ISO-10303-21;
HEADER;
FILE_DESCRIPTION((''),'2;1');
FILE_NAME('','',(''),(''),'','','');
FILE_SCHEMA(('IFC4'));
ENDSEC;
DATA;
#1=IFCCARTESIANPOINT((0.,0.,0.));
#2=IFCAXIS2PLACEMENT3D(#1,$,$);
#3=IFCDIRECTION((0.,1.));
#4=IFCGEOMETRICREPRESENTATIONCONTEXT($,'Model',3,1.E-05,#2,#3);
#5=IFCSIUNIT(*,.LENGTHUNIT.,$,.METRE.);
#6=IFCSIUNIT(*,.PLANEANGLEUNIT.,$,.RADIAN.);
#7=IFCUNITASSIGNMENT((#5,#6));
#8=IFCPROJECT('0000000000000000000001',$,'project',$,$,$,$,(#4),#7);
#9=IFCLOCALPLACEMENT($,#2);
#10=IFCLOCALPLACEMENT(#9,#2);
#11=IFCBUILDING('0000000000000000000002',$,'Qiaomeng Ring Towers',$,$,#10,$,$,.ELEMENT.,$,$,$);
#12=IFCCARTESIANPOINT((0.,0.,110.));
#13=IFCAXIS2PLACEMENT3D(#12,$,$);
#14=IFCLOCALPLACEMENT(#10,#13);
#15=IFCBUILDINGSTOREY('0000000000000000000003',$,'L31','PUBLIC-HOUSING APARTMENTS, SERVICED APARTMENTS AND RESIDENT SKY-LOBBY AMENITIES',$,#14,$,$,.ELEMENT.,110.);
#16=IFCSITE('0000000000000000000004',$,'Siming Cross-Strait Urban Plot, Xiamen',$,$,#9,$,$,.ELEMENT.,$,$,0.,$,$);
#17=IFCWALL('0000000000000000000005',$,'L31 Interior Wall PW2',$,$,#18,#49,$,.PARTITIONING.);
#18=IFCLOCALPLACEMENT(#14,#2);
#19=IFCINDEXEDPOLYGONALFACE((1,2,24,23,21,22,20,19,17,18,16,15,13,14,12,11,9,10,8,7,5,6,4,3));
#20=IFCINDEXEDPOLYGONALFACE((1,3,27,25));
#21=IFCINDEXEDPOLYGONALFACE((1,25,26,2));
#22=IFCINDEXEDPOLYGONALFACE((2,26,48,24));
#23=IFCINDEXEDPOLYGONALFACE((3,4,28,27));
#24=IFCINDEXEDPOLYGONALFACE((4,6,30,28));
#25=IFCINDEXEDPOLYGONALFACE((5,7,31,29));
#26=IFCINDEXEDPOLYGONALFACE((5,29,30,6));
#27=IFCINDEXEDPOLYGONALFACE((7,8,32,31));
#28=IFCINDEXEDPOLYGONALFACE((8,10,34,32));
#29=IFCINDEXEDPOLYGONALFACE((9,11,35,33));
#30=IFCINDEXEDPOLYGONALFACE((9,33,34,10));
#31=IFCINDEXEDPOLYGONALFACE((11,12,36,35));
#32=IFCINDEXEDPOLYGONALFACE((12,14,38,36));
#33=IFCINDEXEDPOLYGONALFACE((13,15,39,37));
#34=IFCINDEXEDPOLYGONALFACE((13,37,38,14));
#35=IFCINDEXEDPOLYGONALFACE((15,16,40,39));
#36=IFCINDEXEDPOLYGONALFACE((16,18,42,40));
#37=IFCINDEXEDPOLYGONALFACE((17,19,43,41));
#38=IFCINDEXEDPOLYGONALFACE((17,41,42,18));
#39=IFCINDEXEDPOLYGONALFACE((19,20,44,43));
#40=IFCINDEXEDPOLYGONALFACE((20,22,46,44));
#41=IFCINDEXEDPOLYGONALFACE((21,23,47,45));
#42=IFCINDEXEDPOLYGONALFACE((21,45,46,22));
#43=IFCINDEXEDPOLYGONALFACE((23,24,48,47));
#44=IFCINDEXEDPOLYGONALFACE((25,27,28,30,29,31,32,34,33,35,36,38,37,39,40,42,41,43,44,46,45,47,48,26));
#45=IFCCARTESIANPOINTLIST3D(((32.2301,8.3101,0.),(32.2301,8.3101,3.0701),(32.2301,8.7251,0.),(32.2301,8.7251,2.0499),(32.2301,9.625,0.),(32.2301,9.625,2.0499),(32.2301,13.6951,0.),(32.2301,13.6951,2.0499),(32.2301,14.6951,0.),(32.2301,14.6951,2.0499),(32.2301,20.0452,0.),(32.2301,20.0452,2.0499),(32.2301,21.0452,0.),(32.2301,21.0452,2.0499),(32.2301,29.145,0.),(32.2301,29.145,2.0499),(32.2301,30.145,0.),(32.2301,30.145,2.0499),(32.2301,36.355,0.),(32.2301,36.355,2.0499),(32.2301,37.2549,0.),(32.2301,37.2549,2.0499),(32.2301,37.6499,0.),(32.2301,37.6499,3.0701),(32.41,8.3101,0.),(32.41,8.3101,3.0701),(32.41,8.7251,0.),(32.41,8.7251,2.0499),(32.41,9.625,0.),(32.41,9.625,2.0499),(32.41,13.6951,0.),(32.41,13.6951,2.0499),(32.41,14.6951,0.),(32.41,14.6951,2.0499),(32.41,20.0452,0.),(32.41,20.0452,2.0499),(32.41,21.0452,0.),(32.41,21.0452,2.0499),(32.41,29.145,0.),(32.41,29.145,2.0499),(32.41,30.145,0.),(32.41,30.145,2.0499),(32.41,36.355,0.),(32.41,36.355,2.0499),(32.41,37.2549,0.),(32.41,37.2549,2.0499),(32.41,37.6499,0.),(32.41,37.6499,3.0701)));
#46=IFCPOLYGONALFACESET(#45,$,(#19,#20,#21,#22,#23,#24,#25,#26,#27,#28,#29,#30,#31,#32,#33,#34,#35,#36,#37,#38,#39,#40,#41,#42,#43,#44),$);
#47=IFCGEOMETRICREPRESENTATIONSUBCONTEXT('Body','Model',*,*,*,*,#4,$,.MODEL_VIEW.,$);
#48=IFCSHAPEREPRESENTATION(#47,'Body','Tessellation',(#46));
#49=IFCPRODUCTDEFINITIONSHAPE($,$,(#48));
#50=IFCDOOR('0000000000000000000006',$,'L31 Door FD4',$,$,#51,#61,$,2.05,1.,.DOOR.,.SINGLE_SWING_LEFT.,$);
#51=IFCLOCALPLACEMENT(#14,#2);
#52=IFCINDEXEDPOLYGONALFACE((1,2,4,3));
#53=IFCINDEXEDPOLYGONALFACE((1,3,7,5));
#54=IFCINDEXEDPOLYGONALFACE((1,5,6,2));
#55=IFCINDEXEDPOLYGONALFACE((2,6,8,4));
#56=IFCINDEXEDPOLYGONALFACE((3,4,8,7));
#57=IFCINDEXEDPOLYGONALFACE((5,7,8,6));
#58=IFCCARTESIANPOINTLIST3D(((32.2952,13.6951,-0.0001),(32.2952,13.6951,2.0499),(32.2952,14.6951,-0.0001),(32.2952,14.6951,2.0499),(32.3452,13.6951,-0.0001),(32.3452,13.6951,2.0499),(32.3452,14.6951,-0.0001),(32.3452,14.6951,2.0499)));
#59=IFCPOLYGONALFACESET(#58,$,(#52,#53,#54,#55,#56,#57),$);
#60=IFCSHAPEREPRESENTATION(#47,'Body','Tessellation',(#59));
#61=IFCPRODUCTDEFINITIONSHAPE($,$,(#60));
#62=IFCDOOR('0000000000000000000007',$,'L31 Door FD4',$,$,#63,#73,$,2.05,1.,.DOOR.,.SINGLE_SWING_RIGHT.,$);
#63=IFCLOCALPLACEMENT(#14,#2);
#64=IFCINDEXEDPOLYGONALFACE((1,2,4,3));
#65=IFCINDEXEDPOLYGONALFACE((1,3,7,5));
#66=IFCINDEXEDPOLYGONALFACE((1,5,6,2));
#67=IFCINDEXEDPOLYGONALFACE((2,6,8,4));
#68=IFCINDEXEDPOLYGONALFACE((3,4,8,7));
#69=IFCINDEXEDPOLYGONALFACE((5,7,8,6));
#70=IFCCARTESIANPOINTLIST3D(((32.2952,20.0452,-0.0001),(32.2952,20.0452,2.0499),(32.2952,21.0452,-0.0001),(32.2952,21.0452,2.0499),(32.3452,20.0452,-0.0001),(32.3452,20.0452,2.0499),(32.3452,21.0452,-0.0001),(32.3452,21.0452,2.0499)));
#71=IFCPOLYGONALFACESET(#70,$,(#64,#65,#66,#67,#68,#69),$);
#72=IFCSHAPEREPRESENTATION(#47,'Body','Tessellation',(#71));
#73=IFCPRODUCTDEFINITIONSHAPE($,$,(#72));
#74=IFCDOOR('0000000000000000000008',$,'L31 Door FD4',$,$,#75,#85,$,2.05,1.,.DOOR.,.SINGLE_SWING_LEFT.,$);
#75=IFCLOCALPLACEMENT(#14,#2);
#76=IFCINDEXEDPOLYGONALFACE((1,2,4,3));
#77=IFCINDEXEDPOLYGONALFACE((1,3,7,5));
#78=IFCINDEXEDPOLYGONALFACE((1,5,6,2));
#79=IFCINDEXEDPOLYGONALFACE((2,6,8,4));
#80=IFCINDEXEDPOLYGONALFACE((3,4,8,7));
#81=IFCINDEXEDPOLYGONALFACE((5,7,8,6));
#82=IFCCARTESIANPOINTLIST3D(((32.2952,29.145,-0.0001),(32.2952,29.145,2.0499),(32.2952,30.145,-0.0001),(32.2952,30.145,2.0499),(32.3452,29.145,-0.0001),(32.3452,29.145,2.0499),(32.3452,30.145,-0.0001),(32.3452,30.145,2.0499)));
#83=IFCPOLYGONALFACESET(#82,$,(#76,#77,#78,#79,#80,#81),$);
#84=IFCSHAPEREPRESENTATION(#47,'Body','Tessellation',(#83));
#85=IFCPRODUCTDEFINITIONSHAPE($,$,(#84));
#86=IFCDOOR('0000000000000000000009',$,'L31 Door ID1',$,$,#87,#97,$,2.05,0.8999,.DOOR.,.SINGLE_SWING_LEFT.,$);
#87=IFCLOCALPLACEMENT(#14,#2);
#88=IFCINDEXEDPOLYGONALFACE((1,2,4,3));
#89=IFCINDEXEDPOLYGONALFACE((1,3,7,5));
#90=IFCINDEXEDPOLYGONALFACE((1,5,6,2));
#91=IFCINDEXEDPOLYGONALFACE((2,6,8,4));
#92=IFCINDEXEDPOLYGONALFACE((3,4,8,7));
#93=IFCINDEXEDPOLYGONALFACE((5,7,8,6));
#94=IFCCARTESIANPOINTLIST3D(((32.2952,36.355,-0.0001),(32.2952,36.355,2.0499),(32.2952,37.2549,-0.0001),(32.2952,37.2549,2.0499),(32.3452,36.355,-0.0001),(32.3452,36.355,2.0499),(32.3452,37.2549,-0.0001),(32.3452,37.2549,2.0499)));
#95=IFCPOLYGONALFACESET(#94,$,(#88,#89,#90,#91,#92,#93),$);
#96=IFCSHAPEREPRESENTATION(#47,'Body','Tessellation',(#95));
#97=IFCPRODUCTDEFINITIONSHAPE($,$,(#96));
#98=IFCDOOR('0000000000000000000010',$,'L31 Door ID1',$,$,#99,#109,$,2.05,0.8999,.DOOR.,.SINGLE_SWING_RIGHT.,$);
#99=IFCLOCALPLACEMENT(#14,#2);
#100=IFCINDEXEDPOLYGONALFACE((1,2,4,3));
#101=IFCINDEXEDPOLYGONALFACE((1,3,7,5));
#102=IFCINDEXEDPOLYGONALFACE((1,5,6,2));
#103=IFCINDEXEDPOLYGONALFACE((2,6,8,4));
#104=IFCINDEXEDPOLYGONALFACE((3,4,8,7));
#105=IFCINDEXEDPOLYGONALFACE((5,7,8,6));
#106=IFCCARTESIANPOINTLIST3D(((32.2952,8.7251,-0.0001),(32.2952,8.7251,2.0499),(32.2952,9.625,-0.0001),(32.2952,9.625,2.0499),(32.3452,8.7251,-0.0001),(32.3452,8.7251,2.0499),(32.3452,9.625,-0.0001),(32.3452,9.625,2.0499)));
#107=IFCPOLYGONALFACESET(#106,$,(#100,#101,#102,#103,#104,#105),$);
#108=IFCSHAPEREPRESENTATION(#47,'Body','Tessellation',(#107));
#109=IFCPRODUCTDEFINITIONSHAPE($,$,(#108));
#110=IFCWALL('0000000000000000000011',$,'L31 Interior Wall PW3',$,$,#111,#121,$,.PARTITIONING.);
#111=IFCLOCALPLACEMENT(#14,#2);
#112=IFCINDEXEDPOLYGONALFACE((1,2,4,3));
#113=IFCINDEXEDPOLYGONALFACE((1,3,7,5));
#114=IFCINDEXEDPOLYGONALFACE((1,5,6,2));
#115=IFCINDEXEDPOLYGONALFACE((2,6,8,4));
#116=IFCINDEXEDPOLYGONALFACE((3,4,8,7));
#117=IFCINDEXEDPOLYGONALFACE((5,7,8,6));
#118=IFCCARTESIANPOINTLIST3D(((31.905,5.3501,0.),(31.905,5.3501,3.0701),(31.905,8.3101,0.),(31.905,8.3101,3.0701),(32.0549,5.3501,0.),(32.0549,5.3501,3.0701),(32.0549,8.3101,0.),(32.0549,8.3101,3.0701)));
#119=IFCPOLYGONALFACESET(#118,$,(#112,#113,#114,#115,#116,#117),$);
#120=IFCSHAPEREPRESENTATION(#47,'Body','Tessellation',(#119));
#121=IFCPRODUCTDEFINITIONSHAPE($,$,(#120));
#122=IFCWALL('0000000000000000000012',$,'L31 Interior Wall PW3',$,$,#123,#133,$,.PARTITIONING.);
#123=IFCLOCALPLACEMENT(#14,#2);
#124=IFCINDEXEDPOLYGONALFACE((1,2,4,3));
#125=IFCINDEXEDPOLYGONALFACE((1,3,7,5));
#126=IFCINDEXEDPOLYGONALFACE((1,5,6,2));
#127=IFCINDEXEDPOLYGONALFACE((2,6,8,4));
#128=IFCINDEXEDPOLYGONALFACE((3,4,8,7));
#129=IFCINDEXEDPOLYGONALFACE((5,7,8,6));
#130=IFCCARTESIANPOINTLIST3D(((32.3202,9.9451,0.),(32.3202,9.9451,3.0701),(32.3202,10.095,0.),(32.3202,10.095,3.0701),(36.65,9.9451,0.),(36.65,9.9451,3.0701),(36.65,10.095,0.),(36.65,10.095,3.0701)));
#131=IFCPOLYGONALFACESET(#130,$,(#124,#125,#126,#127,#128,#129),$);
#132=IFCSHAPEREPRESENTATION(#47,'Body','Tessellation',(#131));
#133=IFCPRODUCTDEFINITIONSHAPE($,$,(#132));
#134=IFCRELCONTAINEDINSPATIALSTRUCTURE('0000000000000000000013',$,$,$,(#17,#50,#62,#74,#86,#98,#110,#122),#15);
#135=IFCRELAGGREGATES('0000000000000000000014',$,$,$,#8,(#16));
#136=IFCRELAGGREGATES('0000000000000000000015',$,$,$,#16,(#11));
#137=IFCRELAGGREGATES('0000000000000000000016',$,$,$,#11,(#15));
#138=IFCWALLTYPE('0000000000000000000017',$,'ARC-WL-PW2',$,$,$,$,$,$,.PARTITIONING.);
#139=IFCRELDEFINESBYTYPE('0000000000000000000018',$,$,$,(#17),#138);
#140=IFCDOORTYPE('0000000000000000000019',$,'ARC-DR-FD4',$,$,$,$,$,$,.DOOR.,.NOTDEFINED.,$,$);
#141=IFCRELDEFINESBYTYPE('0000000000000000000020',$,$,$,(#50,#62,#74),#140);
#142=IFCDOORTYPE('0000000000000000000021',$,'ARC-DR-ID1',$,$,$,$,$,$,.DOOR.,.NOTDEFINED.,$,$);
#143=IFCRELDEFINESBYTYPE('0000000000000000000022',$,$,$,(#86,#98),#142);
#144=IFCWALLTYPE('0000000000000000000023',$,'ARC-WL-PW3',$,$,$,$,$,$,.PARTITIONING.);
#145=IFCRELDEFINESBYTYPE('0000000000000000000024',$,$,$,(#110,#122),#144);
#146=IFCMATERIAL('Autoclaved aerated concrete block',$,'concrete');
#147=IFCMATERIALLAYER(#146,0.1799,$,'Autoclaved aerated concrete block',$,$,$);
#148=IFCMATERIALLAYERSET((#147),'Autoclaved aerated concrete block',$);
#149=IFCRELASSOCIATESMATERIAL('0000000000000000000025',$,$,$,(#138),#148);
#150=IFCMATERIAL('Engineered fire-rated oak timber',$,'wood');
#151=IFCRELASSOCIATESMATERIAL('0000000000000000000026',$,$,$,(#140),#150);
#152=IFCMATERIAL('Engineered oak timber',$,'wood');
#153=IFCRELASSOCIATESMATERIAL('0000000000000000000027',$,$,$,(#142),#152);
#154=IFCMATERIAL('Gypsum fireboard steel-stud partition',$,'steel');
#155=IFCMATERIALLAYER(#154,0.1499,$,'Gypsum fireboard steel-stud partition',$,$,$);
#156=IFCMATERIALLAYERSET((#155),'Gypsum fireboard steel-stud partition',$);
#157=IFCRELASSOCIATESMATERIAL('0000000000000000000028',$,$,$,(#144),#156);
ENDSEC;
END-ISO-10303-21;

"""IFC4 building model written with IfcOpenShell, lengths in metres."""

from ifc_helpers import new_model, si_unit, direction, frame, frame_2d, origin, place, context, subcontext, project, spatial, rectangle, extrude, source, transform, mapped, material, layer, layer_set, type_object, element, fill, save


model = new_model("IFC4")

# Units and contexts
model_context = context("Model", 3, precision=1e-05, world=origin(), true_north=direction((0.0, 1.0)))
body_context = subcontext(model_context, "Body", "Model", "MODEL_VIEW")
ifc_project = project(units=[si_unit("LENGTHUNIT", "METRE"), si_unit("PLANEANGLEUNIT", "RADIAN")], contexts=[model_context])

# Site, building, storey
site_placement = place(None, origin())
site = spatial("IfcSite", under=ifc_project, at=site_placement, Name="Siming Cross-Strait Urban Plot, Xiamen", CompositionType="ELEMENT", RefElevation=0.0)
building_placement = place(site_placement, origin())
building = spatial("IfcBuilding", under=site, at=building_placement, Name="Qiaomeng Ring Towers", CompositionType="ELEMENT")
storey_placement = place(building_placement, frame((0.0, 0.0, 110.0)))
storey = spatial("IfcBuildingStorey", under=building, at=storey_placement, Name="L31", Description="PUBLIC-HOUSING APARTMENTS, SERVICED APARTMENTS AND RESIDENT SKY-LOBBY AMENITIES", CompositionType="ELEMENT", Elevation=110.0)

# Wall, openings, doors
ifc_material_1 = material(Name="Autoclaved aerated concrete block", Category="concrete")
ifc_layer_1 = layer(ifc_material_1, 0.1799, Name="Autoclaved aerated concrete block")
ifc_layer_set_1 = layer_set([ifc_layer_1], Name="Autoclaved aerated concrete block")
wall_type_1 = type_object("IfcWallType", Name="ARC-WL-PW2", PredefinedType="PARTITIONING", material=ifc_layer_set_1)
wall_1_placement = place(storey_placement, frame((32.3201, 8.3101, 0.0), z_axis=(0.0, 0.0, 1.0), x_axis=(0.0, 1.0, 0.0)))
wall_1 = element("IfcWall", 1, at=wall_1_placement, inside=storey, type_object=wall_type_1, Name="L31 Interior Wall PW2", PredefinedType="PARTITIONING", context=body_context, shape_type="SweptSolid", body=[
    extrude(rectangle(XDim=29.3398, YDim=0.1799, at=frame_2d((14.6699, 0.0))), origin(), (0.0, 0.0, 1.0), 3.0701),
])
opening_1_placement = place(wall_1_placement, frame((28.0449, 0.0, 0.0)))
opening_1 = element("IfcOpeningElement", 2, at=opening_1_placement, cuts=wall_1, PredefinedType="OPENING", context=body_context, shape_type="SweptSolid", body=[
    extrude(rectangle(XDim=0.8999, YDim=2.05, at=frame_2d((0.45, 1.0249))), frame((0.0, 0.0999, 0.0), z_axis=(0.0, -1.0, 0.0), x_axis=(1.0, 0.0, 0.0)), (0.0, 0.0, 1.0), 0.2),
])
opening_2_placement = place(wall_1_placement, frame((0.415, 0.0, 0.0)))
opening_2 = element("IfcOpeningElement", 3, at=opening_2_placement, cuts=wall_1, PredefinedType="OPENING", context=body_context, shape_type="SweptSolid", body=[
    extrude(rectangle(XDim=0.8999, YDim=2.05, at=frame_2d((0.45, 1.0249))), frame((0.0, 0.0999, 0.0), z_axis=(0.0, -1.0, 0.0), x_axis=(1.0, 0.0, 0.0)), (0.0, 0.0, 1.0), 0.2),
])
opening_3_placement = place(wall_1_placement, frame((5.385, 0.0, 0.0)))
opening_3 = element("IfcOpeningElement", 4, at=opening_3_placement, cuts=wall_1, PredefinedType="OPENING", context=body_context, shape_type="SweptSolid", body=[
    extrude(rectangle(XDim=1.0, YDim=2.05, at=frame_2d((0.5, 1.0249))), frame((0.0, 0.0999, 0.0), z_axis=(0.0, -1.0, 0.0), x_axis=(1.0, 0.0, 0.0)), (0.0, 0.0, 1.0), 0.2),
])
opening_4_placement = place(wall_1_placement, frame((11.7351, 0.0, 0.0)))
opening_4 = element("IfcOpeningElement", 5, at=opening_4_placement, cuts=wall_1, PredefinedType="OPENING", context=body_context, shape_type="SweptSolid", body=[
    extrude(rectangle(XDim=1.0, YDim=2.05, at=frame_2d((0.5, 1.0249))), frame((0.0, 0.0999, 0.0), z_axis=(0.0, -1.0, 0.0), x_axis=(1.0, 0.0, 0.0)), (0.0, 0.0, 1.0), 0.2),
])
opening_5_placement = place(wall_1_placement, frame((20.835, 0.0, 0.0)))
opening_5 = element("IfcOpeningElement", 6, at=opening_5_placement, cuts=wall_1, PredefinedType="OPENING", context=body_context, shape_type="SweptSolid", body=[
    extrude(rectangle(XDim=1.0, YDim=2.05, at=frame_2d((0.5, 1.0249))), frame((0.0, 0.0999, 0.0), z_axis=(0.0, -1.0, 0.0), x_axis=(1.0, 0.0, 0.0)), (0.0, 0.0, 1.0), 0.2),
])
ifc_material_2 = material(Name="Engineered fire-rated oak timber", Category="wood")
door_type_1 = type_object("IfcDoorType", Name="ARC-DR-FD4", OperationType="NOTDEFINED", PredefinedType="DOOR", material=ifc_material_2)
shared_shape_1 = source(origin(), body_context, "Body", "SweptSolid", [
    extrude(rectangle(XDim=1.0, YDim=2.05, at=frame_2d((0.5, 1.0249))), frame((0.0, 0.0249, 0.0), z_axis=(0.0, -1.0, 0.0), x_axis=(1.0, 0.0, 0.0)), (0.0, 0.0, 1.0), 0.05),
])
door_1_placement = place(opening_3_placement, origin())
door_1 = element("IfcDoor", 7, at=door_1_placement, inside=storey, type_object=door_type_1, Name="L31 Door FD4", OperationType="SINGLE_SWING_LEFT", OverallHeight=2.05, OverallWidth=1.0, PredefinedType="DOOR", context=body_context, shape_type="MappedRepresentation", body=[
    mapped(shared_shape_1, transform((0.0, 0.0, 0.0), x_axis=(1.0, 0.0, 0.0), y_axis=(0.0, 1.0, 0.0), z_axis=(0.0, 0.0, 1.0), scale=1.0)),
])
fill(opening_3, door_1)
door_2_placement = place(opening_4_placement, origin())
door_2 = element("IfcDoor", 8, at=door_2_placement, inside=storey, type_object=door_type_1, Name="L31 Door FD4", OperationType="SINGLE_SWING_RIGHT", OverallHeight=2.05, OverallWidth=1.0, PredefinedType="DOOR", context=body_context, shape_type="MappedRepresentation", body=[
    mapped(shared_shape_1, transform((0.0, 0.0, 0.0), x_axis=(1.0, 0.0, 0.0), y_axis=(0.0, 1.0, 0.0), z_axis=(0.0, 0.0, 1.0), scale=1.0)),
])
fill(opening_4, door_2)
door_3_placement = place(opening_5_placement, origin())
door_3 = element("IfcDoor", 9, at=door_3_placement, inside=storey, type_object=door_type_1, Name="L31 Door FD4", OperationType="SINGLE_SWING_LEFT", OverallHeight=2.05, OverallWidth=1.0, PredefinedType="DOOR", context=body_context, shape_type="MappedRepresentation", body=[
    mapped(shared_shape_1, transform((0.0, 0.0, 0.0), x_axis=(1.0, 0.0, 0.0), y_axis=(0.0, 1.0, 0.0), z_axis=(0.0, 0.0, 1.0), scale=1.0)),
])
fill(opening_5, door_3)
ifc_material_3 = material(Name="Engineered oak timber", Category="wood")
door_type_2 = type_object("IfcDoorType", Name="ARC-DR-ID1", OperationType="NOTDEFINED", PredefinedType="DOOR", material=ifc_material_3)
shared_shape_2 = source(origin(), body_context, "Body", "SweptSolid", [
    extrude(rectangle(XDim=0.8999, YDim=2.05, at=frame_2d((0.45, 1.0249))), frame((0.0, 0.0249, 0.0), z_axis=(0.0, -1.0, 0.0), x_axis=(1.0, 0.0, 0.0)), (0.0, 0.0, 1.0), 0.05),
])
door_4_placement = place(opening_1_placement, origin())
door_4 = element("IfcDoor", 10, at=door_4_placement, inside=storey, type_object=door_type_2, Name="L31 Door ID1", OperationType="SINGLE_SWING_LEFT", OverallHeight=2.05, OverallWidth=0.8999, PredefinedType="DOOR", context=body_context, shape_type="MappedRepresentation", body=[
    mapped(shared_shape_2, transform((0.0, 0.0, 0.0), x_axis=(1.0, 0.0, 0.0), y_axis=(0.0, 1.0, 0.0), z_axis=(0.0, 0.0, 1.0), scale=1.0)),
])
fill(opening_1, door_4)
door_5_placement = place(opening_2_placement, origin())
door_5 = element("IfcDoor", 11, at=door_5_placement, inside=storey, type_object=door_type_2, Name="L31 Door ID1", OperationType="SINGLE_SWING_RIGHT", OverallHeight=2.05, OverallWidth=0.8999, PredefinedType="DOOR", context=body_context, shape_type="MappedRepresentation", body=[
    mapped(shared_shape_2, transform((0.0, 0.0, 0.0), x_axis=(1.0, 0.0, 0.0), y_axis=(0.0, 1.0, 0.0), z_axis=(0.0, 0.0, 1.0), scale=1.0)),
])
fill(opening_2, door_5)

# Walls
ifc_material_4 = material(Name="Gypsum fireboard steel-stud partition", Category="steel")
ifc_layer_2 = layer(ifc_material_4, 0.1499, Name="Gypsum fireboard steel-stud partition")
ifc_layer_set_2 = layer_set([ifc_layer_2], Name="Gypsum fireboard steel-stud partition")
wall_type_2 = type_object("IfcWallType", Name="ARC-WL-PW3", PredefinedType="PARTITIONING", material=ifc_layer_set_2)
wall_2_placement = place(storey_placement, frame((31.98, 5.3501, 0.0), z_axis=(0.0, 0.0, 1.0), x_axis=(0.0, 1.0, 0.0)))
element("IfcWall", 12, at=wall_2_placement, inside=storey, type_object=wall_type_2, Name="L31 Interior Wall PW3", PredefinedType="PARTITIONING", context=body_context, shape_type="SweptSolid", body=[
    extrude(rectangle(XDim=2.96, YDim=0.1499, at=frame_2d((1.48, 0.0))), origin(), (0.0, 0.0, 1.0), 3.0701),
])
wall_3_placement = place(storey_placement, frame((32.3201, 10.02, 0.0), z_axis=(0.0, 0.0, 1.0), x_axis=(1.0, 0.0, 0.0)))
element("IfcWall", 13, at=wall_3_placement, inside=storey, type_object=wall_type_2, Name="L31 Interior Wall PW3", PredefinedType="PARTITIONING", context=body_context, shape_type="SweptSolid", body=[
    extrude(rectangle(XDim=4.3298, YDim=0.1499, at=frame_2d((2.165, 0.0))), origin(), (0.0, 0.0, 1.0), 3.0701),
])

save(model, "model.ifc")
